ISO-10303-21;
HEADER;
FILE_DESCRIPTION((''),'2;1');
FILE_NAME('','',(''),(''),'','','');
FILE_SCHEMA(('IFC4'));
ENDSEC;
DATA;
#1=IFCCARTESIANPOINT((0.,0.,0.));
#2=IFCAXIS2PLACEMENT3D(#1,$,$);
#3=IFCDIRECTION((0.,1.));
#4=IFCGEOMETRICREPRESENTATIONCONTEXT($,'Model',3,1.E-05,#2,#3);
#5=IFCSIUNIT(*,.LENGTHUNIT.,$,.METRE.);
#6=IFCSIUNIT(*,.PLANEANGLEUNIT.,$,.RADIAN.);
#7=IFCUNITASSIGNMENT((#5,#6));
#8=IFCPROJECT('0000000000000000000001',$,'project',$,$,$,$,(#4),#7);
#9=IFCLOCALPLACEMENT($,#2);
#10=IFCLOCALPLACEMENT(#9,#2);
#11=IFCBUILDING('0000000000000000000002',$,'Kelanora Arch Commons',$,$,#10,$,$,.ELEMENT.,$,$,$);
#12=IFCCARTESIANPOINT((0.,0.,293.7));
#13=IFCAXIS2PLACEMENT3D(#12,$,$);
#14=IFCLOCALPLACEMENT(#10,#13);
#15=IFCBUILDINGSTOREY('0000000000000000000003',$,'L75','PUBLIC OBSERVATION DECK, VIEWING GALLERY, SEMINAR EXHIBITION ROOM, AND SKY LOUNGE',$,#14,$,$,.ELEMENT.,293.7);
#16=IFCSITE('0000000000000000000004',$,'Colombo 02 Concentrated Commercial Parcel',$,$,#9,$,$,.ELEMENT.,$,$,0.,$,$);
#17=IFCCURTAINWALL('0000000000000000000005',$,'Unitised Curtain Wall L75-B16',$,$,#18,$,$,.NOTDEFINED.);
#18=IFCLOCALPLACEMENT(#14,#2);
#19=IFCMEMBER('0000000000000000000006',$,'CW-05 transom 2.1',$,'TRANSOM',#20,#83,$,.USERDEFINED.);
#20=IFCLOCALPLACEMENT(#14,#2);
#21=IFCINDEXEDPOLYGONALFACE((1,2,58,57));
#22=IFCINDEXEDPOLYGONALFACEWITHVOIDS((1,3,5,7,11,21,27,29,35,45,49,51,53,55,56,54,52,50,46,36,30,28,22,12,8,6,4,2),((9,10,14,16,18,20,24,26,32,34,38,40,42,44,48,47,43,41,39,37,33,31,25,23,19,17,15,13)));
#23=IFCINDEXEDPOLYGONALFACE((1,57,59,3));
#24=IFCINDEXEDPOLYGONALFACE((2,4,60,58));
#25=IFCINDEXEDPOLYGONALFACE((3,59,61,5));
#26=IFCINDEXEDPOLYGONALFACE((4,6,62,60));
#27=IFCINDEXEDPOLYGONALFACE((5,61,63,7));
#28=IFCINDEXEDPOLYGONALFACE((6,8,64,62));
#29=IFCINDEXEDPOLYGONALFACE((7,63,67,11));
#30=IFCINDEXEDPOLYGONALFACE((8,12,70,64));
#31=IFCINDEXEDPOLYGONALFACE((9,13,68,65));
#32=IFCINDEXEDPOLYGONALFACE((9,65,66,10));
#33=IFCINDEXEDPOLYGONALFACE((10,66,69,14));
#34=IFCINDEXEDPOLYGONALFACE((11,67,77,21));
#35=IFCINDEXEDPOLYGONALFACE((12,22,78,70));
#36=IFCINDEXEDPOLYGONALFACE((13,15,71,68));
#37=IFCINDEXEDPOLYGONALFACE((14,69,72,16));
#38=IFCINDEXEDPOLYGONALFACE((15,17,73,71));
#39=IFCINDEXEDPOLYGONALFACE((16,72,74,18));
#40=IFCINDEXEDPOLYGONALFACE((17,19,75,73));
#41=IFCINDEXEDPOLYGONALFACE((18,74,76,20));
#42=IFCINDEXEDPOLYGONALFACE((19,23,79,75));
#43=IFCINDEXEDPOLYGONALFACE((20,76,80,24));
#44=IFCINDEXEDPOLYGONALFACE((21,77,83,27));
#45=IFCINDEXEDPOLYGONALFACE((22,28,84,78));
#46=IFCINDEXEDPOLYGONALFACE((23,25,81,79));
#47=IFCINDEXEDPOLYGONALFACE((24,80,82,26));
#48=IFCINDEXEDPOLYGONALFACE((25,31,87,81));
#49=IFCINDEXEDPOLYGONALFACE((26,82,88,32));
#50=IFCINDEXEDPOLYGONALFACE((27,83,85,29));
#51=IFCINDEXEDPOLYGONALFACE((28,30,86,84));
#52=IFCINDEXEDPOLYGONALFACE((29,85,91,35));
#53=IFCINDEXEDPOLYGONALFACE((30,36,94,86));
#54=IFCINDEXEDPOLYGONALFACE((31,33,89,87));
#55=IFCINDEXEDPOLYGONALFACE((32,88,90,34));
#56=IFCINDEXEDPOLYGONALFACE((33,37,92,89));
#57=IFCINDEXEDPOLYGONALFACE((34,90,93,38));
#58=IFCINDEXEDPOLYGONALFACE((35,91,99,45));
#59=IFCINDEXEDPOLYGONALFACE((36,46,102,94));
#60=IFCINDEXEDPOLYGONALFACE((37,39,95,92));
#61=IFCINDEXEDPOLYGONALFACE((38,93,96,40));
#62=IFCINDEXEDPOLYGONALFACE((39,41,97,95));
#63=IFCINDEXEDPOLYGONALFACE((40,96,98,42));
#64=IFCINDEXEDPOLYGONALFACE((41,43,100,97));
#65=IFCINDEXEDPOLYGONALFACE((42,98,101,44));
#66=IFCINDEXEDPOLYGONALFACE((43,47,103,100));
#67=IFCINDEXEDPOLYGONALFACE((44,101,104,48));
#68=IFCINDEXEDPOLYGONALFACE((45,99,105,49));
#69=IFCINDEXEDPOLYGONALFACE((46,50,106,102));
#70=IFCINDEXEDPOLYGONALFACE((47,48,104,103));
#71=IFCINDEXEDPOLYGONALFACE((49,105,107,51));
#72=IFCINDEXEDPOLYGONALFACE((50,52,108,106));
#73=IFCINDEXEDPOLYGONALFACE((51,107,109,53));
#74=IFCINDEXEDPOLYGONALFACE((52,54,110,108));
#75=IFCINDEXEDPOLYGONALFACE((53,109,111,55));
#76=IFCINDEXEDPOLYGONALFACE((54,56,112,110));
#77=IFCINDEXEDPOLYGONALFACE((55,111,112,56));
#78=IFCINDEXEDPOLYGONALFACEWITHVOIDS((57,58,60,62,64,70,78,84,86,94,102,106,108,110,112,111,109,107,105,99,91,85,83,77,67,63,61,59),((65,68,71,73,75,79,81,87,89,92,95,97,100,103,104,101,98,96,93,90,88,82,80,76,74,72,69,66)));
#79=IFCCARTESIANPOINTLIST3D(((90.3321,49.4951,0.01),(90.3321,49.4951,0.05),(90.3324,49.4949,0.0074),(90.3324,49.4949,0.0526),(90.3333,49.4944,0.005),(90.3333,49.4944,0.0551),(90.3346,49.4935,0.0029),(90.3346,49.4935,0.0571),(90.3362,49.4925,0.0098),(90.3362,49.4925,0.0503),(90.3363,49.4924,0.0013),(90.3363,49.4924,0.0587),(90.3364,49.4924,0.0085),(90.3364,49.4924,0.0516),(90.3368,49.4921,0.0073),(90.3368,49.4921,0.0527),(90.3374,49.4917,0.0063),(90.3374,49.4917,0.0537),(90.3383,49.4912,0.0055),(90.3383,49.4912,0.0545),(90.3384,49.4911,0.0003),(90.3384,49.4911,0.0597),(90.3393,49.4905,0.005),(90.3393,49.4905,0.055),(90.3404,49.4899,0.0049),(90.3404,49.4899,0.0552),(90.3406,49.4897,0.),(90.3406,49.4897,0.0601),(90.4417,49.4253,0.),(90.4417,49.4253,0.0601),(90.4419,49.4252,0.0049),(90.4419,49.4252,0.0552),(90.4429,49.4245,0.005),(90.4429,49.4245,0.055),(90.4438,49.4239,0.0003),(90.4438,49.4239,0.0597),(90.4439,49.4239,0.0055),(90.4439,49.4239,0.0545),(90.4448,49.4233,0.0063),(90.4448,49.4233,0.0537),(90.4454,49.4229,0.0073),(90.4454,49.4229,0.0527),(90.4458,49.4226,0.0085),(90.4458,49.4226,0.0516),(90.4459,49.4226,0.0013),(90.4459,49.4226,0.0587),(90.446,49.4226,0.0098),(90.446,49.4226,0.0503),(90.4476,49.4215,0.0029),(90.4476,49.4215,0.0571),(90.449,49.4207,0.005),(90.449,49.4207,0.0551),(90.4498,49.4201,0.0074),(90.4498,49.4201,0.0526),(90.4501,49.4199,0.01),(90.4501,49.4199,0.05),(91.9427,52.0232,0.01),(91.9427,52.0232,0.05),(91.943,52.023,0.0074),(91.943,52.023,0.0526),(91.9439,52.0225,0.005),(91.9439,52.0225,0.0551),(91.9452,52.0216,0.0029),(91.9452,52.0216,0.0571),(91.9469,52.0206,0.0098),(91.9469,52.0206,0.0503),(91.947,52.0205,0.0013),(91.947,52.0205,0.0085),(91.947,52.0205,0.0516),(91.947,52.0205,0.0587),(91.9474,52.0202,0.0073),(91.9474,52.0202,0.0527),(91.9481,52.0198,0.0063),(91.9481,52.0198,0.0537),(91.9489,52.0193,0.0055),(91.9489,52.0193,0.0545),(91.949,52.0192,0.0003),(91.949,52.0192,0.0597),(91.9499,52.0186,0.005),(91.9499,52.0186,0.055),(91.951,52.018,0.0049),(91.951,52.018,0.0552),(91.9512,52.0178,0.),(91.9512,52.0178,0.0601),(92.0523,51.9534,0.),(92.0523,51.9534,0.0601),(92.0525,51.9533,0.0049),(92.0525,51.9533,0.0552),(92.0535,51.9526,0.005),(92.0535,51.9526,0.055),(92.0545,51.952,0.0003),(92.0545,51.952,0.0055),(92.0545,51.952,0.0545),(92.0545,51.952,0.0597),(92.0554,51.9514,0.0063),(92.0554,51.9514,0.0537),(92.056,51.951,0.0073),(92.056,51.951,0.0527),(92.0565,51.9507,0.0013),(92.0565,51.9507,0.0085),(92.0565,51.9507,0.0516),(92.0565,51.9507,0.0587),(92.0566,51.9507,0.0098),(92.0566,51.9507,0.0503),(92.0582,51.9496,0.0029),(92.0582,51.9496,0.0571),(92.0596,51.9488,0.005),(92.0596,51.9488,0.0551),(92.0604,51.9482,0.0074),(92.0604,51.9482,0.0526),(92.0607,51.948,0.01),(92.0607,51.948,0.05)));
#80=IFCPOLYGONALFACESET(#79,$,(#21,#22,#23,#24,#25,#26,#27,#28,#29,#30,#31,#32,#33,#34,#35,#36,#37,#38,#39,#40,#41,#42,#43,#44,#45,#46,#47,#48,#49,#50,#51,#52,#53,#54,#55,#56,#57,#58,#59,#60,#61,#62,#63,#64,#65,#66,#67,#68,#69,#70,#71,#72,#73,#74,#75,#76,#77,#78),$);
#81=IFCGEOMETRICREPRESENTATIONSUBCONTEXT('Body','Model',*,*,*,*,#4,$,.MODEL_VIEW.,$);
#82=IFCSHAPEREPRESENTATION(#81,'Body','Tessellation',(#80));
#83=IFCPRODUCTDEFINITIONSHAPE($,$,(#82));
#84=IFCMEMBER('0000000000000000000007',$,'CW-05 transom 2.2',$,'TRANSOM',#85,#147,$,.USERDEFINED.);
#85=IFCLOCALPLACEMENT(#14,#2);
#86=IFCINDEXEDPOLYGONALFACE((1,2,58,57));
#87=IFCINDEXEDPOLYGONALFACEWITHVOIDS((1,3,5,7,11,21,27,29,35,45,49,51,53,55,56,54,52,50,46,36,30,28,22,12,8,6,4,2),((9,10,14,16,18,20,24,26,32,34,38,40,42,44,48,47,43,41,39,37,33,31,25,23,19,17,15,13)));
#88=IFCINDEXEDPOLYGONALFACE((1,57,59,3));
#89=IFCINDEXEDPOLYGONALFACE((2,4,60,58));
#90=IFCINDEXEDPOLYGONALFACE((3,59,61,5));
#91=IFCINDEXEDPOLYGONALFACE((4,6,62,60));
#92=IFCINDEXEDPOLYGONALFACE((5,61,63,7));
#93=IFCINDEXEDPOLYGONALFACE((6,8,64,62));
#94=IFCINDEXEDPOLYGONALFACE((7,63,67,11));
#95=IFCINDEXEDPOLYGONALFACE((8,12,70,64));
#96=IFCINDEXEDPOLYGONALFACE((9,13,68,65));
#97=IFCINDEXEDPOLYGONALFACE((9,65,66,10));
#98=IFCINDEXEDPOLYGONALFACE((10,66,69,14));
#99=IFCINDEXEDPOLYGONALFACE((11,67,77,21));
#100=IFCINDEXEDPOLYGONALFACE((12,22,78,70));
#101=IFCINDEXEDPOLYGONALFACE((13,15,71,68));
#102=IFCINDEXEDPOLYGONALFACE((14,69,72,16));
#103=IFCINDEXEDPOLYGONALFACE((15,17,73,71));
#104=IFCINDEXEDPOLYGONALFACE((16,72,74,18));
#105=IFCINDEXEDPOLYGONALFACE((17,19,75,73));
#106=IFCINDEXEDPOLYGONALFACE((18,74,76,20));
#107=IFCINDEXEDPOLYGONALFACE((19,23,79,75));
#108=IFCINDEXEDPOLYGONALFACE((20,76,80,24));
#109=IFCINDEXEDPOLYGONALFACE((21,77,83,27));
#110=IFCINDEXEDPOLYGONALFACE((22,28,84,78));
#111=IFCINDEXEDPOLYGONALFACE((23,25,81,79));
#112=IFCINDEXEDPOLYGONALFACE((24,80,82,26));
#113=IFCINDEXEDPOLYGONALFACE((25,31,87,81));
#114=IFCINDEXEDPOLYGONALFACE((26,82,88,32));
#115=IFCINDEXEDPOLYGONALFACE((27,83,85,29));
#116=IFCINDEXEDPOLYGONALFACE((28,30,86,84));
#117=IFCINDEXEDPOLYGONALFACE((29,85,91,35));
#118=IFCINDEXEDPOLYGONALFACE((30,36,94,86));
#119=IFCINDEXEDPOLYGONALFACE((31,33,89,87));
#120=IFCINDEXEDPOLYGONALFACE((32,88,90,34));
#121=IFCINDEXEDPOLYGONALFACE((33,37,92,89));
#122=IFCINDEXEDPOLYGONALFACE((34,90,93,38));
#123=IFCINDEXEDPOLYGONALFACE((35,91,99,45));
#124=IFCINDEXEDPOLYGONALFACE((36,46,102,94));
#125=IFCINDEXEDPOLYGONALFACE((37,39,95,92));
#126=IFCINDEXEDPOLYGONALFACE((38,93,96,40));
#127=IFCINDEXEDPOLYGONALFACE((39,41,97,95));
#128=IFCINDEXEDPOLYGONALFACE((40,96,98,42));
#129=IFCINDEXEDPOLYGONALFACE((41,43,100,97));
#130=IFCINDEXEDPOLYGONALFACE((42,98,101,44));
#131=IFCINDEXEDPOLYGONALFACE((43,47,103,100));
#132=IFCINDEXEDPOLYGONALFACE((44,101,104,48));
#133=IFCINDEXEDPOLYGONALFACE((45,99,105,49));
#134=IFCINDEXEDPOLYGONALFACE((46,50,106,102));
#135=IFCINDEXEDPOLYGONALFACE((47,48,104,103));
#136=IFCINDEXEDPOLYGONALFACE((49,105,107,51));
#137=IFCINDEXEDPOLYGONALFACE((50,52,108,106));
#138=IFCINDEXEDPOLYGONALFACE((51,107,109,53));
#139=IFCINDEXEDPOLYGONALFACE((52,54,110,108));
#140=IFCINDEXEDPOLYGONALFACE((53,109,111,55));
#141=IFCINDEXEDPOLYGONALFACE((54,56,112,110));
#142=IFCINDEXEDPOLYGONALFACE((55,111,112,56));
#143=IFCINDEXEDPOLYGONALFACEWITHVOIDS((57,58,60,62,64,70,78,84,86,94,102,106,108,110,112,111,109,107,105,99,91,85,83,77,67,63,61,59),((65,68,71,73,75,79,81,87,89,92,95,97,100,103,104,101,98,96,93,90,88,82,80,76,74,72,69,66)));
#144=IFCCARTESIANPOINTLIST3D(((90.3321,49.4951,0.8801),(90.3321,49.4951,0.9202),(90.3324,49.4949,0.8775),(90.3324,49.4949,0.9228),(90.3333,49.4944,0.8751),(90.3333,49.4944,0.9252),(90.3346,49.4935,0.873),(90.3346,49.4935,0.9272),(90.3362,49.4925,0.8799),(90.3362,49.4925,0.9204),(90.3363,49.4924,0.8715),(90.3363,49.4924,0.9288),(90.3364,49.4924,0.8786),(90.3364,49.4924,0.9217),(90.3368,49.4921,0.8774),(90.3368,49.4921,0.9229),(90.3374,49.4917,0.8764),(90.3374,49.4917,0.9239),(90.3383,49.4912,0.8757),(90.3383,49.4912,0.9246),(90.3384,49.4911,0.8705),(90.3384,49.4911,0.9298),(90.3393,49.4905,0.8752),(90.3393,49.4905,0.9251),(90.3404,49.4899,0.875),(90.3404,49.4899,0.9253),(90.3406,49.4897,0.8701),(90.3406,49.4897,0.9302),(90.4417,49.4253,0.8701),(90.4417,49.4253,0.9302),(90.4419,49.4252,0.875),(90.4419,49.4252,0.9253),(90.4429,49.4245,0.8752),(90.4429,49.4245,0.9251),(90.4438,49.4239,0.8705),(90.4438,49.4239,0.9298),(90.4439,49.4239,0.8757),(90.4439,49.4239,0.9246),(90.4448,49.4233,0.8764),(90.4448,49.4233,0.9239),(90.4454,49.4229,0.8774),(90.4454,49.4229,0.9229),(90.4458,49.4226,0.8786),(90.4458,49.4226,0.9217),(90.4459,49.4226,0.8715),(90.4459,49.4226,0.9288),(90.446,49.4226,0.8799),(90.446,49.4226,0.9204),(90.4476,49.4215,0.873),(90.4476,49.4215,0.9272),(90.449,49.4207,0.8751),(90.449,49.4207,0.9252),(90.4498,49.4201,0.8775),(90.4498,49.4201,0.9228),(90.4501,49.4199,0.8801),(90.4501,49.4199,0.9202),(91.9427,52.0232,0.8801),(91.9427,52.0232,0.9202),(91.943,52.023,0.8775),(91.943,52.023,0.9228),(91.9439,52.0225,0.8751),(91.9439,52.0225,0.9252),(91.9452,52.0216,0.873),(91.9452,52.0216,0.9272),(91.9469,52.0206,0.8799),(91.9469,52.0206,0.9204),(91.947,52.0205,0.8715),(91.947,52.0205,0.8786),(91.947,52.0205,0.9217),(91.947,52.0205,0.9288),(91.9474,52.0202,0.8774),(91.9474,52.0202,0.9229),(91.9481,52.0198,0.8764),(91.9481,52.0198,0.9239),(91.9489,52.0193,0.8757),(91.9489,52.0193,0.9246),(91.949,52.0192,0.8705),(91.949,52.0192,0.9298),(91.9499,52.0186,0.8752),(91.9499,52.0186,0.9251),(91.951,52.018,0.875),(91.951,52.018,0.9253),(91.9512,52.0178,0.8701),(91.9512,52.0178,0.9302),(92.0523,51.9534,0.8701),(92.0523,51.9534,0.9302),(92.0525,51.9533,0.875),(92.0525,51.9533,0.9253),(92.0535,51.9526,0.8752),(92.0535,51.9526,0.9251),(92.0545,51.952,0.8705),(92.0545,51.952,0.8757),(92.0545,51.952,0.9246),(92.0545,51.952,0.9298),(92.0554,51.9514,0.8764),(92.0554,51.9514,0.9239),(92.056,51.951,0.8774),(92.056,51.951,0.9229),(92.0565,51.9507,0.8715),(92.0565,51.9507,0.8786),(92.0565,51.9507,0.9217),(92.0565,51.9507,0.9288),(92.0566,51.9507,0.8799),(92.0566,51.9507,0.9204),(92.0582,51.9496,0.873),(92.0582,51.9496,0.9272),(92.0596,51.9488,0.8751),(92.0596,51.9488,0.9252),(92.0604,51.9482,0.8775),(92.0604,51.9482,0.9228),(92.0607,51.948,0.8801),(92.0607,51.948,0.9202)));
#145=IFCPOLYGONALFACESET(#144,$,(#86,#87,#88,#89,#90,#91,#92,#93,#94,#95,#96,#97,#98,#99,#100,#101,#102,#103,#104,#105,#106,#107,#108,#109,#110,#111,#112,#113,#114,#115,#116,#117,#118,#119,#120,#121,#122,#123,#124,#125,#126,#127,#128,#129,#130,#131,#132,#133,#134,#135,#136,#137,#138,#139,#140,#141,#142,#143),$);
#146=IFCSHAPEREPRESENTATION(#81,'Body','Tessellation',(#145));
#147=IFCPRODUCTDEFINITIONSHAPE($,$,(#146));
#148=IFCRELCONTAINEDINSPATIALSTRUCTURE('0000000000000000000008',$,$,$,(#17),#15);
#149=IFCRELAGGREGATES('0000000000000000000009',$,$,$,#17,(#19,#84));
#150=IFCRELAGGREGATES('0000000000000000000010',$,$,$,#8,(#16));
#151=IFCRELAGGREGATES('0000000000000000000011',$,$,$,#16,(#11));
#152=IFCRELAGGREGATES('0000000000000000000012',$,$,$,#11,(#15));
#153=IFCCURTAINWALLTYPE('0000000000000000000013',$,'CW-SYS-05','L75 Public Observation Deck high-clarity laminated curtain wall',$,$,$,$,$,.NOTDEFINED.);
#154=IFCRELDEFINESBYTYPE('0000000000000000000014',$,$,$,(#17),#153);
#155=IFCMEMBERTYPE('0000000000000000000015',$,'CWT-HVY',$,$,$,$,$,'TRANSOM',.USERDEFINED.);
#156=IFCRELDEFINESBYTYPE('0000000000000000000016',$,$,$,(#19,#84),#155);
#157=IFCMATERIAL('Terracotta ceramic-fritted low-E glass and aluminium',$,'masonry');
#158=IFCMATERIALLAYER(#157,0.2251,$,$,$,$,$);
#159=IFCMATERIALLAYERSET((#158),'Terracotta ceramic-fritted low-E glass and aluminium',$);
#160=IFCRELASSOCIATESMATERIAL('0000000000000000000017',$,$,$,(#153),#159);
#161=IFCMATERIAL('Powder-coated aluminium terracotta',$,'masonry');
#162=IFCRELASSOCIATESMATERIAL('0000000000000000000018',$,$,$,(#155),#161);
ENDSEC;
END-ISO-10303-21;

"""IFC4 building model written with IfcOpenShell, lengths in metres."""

from ifc_helpers import new_model, si_unit, direction, frame, origin, origin_2d, place, context, subcontext, project, spatial, hollow_rectangle, extrude, material, layer, layer_set, material_profile, profile_set, type_object, element, aggregate, save


model = new_model("IFC4")

# Units and contexts
model_context = context("Model", 3, precision=1e-05, world=origin(), true_north=direction((0.0, 1.0)))
body_context = subcontext(model_context, "Body", "Model", "MODEL_VIEW")
ifc_project = project(units=[si_unit("LENGTHUNIT", "METRE"), si_unit("PLANEANGLEUNIT", "RADIAN")], contexts=[model_context])

# Site, building, storey
site_placement = place(None, origin())
site = spatial("IfcSite", under=ifc_project, at=site_placement, Name="Colombo 02 Concentrated Commercial Parcel", CompositionType="ELEMENT", RefElevation=0.0)
building_placement = place(site_placement, origin())
building = spatial("IfcBuilding", under=site, at=building_placement, Name="Kelanora Arch Commons", CompositionType="ELEMENT")
storey_placement = place(building_placement, frame((0.0, 0.0, 293.7)))
storey = spatial("IfcBuildingStorey", under=building, at=storey_placement, Name="L75", Description="PUBLIC OBSERVATION DECK, VIEWING GALLERY, SEMINAR EXHIBITION ROOM, AND SKY LOUNGE", CompositionType="ELEMENT", Elevation=293.7)

# Curtain wall
ifc_material_1 = material(Name="Terracotta ceramic-fritted low-E glass and aluminium", Category="masonry")
ifc_layer_1 = layer(ifc_material_1, 0.2251)
ifc_layer_set_1 = layer_set([ifc_layer_1], Name="Terracotta ceramic-fritted low-E glass and aluminium")
curtain_wall_type = type_object("IfcCurtainWallType", Name="CW-SYS-05", Description="L75 Public Observation Deck high-clarity laminated curtain wall", PredefinedType="NOTDEFINED", material=ifc_layer_set_1)
ifc_material_2 = material(Name="Powder-coated aluminium terracotta", Category="masonry")
curtain_wall_1_placement = place(storey_placement, origin())
curtain_wall_1 = element("IfcCurtainWall", 1, at=curtain_wall_1_placement, inside=storey, type_object=curtain_wall_type, Name="Unitised Curtain Wall L75-B16", PredefinedType="NOTDEFINED")

# Members
ifc_material_profile_1 = material_profile(ifc_material_2, hollow_rectangle(XDim=0.1399, YDim=0.0601, WallThickness=0.0049, InnerFilletRadius=0.0049, OuterFilletRadius=0.01, at=origin_2d()), Name="CWT140x60")
ifc_profile_set_1 = profile_set([ifc_material_profile_1], Name="Powder-coated aluminium terracotta")
member_type_1 = type_object("IfcMemberType", Name="CWT-HVY", ElementType="TRANSOM", PredefinedType="USERDEFINED", material=ifc_profile_set_1)
member_1_placement = place(storey_placement, frame((90.3911, 49.4575, 0.03), z_axis=(0.537308, 0.843386, 0.0), x_axis=(-0.843386, 0.537308, 0.0)))
member_1 = element("IfcMember", 2, at=member_1_placement, type_object=member_type_1, Name="CW-05 transom 2.1", ObjectType="TRANSOM", PredefinedType="USERDEFINED", context=body_context, shape_type="SweptSolid", body=[
    extrude(hollow_rectangle(XDim=0.1399, YDim=0.0601, WallThickness=0.0049, InnerFilletRadius=0.0049, OuterFilletRadius=0.01, at=origin_2d()), origin(), (0.0, 0.0, 1.0), 2.9976),
])
member_2_placement = place(storey_placement, frame((90.3911, 49.4575, 0.9001), z_axis=(0.537308, 0.843386, 0.0), x_axis=(-0.843386, 0.537308, 0.0)))
member_2 = element("IfcMember", 3, at=member_2_placement, type_object=member_type_1, Name="CW-05 transom 2.2", ObjectType="TRANSOM", PredefinedType="USERDEFINED", context=body_context, shape_type="SweptSolid", body=[
    extrude(hollow_rectangle(XDim=0.1399, YDim=0.0601, WallThickness=0.0049, InnerFilletRadius=0.0049, OuterFilletRadius=0.01, at=origin_2d()), origin(), (0.0, 0.0, 1.0), 2.9976),
])

aggregate(curtain_wall_1, [member_1, member_2])

save(model, "model.ifc")
